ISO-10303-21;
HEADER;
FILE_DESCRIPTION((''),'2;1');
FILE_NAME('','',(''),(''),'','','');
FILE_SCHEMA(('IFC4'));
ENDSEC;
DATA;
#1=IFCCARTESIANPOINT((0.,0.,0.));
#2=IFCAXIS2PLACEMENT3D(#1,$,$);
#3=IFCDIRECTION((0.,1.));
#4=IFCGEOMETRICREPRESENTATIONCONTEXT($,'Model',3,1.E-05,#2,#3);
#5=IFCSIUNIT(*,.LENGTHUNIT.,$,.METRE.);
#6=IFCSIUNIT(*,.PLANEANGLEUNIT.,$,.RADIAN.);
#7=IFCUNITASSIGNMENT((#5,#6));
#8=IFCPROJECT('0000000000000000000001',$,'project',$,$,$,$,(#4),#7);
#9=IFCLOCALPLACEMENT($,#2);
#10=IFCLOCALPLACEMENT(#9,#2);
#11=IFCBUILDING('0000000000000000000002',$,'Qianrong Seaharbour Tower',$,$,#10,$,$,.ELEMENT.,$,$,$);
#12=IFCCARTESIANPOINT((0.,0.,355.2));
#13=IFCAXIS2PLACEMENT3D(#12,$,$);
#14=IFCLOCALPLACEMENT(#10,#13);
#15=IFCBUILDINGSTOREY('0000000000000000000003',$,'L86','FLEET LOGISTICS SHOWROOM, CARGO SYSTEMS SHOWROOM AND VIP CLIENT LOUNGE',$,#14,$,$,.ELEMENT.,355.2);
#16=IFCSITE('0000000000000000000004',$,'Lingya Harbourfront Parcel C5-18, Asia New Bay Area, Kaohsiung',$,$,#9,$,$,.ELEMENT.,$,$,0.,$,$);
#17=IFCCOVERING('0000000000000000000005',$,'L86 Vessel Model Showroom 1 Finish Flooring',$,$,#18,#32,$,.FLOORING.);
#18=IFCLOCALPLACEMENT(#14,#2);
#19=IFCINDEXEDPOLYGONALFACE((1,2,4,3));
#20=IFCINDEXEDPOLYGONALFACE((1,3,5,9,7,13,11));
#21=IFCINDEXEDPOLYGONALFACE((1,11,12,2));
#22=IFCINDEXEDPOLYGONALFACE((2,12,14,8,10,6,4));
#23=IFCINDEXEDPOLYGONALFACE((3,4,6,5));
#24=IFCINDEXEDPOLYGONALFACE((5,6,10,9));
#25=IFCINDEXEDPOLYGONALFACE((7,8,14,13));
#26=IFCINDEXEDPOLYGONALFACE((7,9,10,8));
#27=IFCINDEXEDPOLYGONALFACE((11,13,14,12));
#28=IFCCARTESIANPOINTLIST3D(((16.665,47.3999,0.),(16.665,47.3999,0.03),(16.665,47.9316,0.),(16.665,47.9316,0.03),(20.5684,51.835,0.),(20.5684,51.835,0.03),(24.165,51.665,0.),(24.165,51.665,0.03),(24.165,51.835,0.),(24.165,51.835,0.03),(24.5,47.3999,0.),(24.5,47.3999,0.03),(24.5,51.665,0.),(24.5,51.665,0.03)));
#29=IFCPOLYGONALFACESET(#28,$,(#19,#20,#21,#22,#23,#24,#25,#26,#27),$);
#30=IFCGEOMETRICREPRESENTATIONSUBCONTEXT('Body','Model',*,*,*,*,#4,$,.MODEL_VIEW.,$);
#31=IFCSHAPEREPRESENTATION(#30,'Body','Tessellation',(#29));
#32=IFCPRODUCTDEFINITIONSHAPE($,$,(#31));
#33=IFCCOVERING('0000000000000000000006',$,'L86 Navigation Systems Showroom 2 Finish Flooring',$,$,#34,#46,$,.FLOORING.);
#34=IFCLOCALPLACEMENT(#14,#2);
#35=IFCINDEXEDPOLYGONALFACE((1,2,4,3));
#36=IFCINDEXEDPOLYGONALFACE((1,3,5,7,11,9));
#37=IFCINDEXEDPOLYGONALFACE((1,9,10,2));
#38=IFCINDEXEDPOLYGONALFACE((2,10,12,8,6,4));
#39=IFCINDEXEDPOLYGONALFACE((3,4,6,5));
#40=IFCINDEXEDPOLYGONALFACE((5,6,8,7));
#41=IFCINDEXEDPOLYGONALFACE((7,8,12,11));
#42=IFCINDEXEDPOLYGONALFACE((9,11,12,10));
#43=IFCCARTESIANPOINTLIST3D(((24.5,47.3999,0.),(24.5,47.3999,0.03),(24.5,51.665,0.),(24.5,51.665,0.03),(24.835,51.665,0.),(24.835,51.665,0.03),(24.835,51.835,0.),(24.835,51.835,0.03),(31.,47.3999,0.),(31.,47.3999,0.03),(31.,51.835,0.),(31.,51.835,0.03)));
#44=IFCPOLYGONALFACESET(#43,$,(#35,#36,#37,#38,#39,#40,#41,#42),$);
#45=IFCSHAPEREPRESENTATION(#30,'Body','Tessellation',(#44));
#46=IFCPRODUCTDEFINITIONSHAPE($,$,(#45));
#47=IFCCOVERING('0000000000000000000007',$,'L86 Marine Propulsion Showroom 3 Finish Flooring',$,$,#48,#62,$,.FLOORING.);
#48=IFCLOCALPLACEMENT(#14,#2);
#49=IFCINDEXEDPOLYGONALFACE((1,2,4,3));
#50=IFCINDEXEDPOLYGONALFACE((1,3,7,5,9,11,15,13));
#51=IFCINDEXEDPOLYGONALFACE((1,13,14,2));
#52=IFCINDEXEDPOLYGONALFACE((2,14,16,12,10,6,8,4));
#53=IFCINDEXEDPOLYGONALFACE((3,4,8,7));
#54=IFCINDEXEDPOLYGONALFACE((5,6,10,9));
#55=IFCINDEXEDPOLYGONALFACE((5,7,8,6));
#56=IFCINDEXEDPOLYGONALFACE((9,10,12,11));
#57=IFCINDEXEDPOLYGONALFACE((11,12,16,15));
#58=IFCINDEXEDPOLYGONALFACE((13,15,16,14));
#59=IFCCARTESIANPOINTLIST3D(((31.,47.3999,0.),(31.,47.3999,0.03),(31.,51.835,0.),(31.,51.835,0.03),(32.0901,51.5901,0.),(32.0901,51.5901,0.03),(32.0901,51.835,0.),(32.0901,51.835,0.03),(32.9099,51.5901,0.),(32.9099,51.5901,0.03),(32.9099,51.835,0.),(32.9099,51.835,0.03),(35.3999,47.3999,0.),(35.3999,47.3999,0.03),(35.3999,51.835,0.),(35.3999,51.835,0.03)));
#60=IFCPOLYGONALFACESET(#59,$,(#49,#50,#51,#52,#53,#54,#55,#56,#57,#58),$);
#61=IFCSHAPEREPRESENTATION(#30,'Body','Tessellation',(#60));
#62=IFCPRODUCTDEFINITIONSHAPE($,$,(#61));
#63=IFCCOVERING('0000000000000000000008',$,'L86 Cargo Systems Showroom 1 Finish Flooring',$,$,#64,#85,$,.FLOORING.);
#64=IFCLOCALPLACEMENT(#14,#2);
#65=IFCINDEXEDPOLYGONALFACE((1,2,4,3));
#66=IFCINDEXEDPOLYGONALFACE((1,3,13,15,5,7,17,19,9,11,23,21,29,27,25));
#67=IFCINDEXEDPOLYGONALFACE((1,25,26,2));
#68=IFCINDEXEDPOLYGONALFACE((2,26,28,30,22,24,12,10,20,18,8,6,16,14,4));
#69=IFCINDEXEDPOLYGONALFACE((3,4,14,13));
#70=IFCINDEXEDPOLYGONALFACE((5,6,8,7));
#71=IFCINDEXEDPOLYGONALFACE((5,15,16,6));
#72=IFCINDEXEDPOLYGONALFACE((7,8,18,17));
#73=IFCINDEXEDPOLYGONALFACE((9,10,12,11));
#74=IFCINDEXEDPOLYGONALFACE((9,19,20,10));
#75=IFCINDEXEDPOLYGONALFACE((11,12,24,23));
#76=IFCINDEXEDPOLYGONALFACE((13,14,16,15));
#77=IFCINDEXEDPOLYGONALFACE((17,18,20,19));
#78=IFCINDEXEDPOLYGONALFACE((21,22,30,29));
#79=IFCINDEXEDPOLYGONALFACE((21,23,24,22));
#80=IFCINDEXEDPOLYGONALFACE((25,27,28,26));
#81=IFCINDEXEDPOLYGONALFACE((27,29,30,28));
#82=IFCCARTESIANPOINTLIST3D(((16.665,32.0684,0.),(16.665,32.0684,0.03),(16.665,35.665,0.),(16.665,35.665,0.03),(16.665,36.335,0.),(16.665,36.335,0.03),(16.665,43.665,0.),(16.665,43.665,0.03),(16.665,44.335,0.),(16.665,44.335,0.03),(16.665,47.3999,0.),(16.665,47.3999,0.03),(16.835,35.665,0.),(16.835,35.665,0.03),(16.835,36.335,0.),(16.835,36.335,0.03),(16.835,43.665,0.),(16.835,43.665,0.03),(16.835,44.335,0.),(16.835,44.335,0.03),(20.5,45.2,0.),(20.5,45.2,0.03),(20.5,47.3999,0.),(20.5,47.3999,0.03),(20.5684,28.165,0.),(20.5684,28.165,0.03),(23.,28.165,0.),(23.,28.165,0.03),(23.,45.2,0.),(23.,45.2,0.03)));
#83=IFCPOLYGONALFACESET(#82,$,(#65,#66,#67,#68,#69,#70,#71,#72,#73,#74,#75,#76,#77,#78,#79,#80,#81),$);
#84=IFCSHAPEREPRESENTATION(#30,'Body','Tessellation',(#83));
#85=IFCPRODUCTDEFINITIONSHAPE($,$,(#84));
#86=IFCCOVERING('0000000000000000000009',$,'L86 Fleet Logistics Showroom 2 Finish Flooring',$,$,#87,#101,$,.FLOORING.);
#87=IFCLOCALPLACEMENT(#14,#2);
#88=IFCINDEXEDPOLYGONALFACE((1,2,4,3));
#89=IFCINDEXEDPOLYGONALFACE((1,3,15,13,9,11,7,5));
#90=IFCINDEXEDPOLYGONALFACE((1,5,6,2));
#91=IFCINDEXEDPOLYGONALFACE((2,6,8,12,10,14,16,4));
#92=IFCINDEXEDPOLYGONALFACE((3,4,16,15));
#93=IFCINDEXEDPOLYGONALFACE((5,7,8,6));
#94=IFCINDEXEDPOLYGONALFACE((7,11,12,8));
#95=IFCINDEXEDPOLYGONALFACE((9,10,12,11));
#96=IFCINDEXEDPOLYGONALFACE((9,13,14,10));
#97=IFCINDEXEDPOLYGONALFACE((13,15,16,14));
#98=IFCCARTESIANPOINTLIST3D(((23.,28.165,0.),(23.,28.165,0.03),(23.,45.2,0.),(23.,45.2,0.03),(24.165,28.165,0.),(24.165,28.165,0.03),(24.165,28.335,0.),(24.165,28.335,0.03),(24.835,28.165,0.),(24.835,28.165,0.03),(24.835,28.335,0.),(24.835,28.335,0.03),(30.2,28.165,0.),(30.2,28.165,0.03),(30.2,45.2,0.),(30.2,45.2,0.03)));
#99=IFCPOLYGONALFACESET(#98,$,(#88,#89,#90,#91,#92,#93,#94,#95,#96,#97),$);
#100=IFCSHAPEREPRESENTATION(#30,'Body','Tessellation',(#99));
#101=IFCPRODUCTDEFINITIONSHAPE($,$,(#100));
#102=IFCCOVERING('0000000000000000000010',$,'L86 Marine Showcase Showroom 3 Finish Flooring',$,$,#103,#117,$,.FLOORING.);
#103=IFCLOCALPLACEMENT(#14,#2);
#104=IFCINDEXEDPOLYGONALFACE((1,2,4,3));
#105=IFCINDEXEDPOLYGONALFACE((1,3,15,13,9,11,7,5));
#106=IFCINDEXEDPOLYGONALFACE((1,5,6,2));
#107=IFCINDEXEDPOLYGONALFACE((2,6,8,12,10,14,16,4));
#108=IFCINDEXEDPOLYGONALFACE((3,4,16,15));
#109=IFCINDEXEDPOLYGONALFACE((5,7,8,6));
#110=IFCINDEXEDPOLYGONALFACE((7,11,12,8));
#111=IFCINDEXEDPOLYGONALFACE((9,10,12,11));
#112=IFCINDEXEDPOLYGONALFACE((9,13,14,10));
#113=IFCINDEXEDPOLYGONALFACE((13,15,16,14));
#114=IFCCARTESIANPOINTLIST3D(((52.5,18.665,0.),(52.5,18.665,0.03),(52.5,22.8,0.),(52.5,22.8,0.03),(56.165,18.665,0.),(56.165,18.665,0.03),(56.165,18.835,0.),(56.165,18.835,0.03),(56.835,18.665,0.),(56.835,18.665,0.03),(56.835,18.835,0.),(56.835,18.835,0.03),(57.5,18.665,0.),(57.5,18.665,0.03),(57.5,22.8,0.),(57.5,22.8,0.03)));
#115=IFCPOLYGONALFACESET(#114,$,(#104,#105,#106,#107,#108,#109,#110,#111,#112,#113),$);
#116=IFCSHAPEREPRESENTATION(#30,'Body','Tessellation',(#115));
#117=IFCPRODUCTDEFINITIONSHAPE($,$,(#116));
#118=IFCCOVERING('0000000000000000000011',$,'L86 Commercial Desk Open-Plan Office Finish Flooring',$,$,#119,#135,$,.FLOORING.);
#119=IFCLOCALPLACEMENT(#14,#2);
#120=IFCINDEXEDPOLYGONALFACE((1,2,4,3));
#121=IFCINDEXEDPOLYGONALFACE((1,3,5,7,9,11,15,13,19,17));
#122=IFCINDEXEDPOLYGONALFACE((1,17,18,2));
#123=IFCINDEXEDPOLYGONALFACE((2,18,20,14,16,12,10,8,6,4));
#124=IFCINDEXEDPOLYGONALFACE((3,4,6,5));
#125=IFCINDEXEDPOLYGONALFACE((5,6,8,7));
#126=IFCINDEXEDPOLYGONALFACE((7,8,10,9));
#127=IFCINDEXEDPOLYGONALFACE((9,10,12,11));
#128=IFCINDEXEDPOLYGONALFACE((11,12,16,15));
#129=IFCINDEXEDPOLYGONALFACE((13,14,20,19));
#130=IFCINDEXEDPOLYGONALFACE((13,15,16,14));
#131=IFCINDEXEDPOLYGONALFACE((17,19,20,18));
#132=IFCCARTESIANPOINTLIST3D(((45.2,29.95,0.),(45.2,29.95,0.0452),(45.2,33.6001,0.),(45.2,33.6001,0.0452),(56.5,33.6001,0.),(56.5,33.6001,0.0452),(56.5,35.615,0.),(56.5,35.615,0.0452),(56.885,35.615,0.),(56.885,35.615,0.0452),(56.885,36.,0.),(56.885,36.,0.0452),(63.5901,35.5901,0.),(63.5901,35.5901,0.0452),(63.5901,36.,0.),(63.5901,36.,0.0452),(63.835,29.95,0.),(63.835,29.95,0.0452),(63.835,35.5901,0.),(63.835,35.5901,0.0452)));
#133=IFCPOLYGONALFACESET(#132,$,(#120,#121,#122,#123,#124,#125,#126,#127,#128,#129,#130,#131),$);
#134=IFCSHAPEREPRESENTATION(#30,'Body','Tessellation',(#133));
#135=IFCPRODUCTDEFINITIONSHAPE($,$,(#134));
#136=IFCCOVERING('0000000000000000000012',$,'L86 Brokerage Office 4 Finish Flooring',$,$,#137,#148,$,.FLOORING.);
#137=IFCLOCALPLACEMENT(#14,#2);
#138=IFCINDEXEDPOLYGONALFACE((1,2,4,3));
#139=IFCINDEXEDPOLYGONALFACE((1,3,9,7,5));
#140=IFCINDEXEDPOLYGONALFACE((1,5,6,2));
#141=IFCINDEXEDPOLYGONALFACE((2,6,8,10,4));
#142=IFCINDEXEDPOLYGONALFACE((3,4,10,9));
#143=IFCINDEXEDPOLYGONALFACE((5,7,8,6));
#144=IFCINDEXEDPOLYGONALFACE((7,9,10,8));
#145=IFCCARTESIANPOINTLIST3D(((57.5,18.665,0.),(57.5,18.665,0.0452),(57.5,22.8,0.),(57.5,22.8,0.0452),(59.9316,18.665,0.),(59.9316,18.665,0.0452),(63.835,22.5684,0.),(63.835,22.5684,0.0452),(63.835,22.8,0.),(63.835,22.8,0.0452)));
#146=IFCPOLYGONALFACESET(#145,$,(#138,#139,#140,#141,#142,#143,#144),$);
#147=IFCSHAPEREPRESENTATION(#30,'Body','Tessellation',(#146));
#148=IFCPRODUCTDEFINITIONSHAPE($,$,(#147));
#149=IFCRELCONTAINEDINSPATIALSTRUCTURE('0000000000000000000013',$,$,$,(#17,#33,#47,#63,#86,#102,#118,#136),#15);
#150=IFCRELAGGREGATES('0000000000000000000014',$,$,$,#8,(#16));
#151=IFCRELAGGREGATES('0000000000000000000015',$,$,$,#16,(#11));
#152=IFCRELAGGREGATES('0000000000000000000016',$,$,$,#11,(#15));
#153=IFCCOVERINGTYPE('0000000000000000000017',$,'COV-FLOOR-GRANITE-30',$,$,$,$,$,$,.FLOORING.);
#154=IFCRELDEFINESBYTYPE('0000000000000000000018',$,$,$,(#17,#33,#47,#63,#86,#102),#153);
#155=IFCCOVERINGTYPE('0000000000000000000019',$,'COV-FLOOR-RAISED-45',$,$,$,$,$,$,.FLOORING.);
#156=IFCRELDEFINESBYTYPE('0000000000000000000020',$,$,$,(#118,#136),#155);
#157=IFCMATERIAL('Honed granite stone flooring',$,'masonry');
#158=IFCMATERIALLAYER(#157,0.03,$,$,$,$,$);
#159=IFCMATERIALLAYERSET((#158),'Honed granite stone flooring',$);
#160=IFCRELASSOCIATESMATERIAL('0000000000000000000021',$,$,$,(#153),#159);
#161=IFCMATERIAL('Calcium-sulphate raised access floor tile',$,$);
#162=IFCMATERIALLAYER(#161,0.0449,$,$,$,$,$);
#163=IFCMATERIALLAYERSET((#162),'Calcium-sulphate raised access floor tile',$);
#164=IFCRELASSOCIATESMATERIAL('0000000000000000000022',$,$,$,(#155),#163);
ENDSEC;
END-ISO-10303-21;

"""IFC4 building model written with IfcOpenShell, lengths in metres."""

from ifc_helpers import new_model, si_unit, direction, frame, origin, place, context, subcontext, project, spatial, polyline, outline, extrude, material, layer, layer_set, type_object, element, save


model = new_model("IFC4")

# Units and contexts
model_context = context("Model", 3, precision=1e-05, world=origin(), true_north=direction((0.0, 1.0)))
body_context = subcontext(model_context, "Body", "Model", "MODEL_VIEW")
ifc_project = project(units=[si_unit("LENGTHUNIT", "METRE"), si_unit("PLANEANGLEUNIT", "RADIAN")], contexts=[model_context])

# Site, building, storey
site_placement = place(None, origin())
site = spatial("IfcSite", under=ifc_project, at=site_placement, Name="Lingya Harbourfront Parcel C5-18, Asia New Bay Area, Kaohsiung", CompositionType="ELEMENT", RefElevation=0.0)
building_placement = place(site_placement, origin())
building = spatial("IfcBuilding", under=site, at=building_placement, Name="Qianrong Seaharbour Tower", CompositionType="ELEMENT")
storey_placement = place(building_placement, frame((0.0, 0.0, 355.2)))
storey = spatial("IfcBuildingStorey", under=building, at=storey_placement, Name="L86", Description="FLEET LOGISTICS SHOWROOM, CARGO SYSTEMS SHOWROOM AND VIP CLIENT LOUNGE", CompositionType="ELEMENT", Elevation=355.2)

# Coverings
ifc_material_1 = material(Name="Honed granite stone flooring", Category="masonry")
ifc_layer_1 = layer(ifc_material_1, 0.03)
ifc_layer_set_1 = layer_set([ifc_layer_1], Name="Honed granite stone flooring")
covering_type_1 = type_object("IfcCoveringType", Name="COV-FLOOR-GRANITE-30", PredefinedType="FLOORING", material=ifc_layer_set_1)
covering_1_placement = place(storey_placement, origin())
element("IfcCovering", 1, at=covering_1_placement, inside=storey, type_object=covering_type_1, Name="L86 Vessel Model Showroom 1 Finish Flooring", PredefinedType="FLOORING", context=body_context, shape_type="SweptSolid", body=[
    extrude(outline(polyline([(16.665, 47.9316), (20.5684, 51.835), (24.165, 51.835), (24.165, 51.665), (24.5, 51.665), (24.5, 47.3999), (16.665, 47.3999), (16.665, 47.9316)])), origin(), (0.0, 0.0, 1.0), 0.03),
])
covering_2_placement = place(storey_placement, origin())
element("IfcCovering", 2, at=covering_2_placement, inside=storey, type_object=covering_type_1, Name="L86 Navigation Systems Showroom 2 Finish Flooring", PredefinedType="FLOORING", context=body_context, shape_type="SweptSolid", body=[
    extrude(outline(polyline([(24.5, 51.665), (24.835, 51.665), (24.835, 51.835), (31.0, 51.835), (31.0, 47.3999), (24.5, 47.3999), (24.5, 51.665)])), origin(), (0.0, 0.0, 1.0), 0.03),
])
covering_3_placement = place(storey_placement, origin())
element("IfcCovering", 3, at=covering_3_placement, inside=storey, type_object=covering_type_1, Name="L86 Marine Propulsion Showroom 3 Finish Flooring", PredefinedType="FLOORING", context=body_context, shape_type="SweptSolid", body=[
    extrude(outline(polyline([(31.0, 51.835), (32.0901, 51.835), (32.0901, 51.5901), (32.9099, 51.5901), (32.9099, 51.835), (35.3999, 51.835), (35.3999, 47.3999), (31.0, 47.3999), (31.0, 51.835)])), origin(), (0.0, 0.0, 1.0), 0.03),
])
covering_4_placement = place(storey_placement, origin())
element("IfcCovering", 4, at=covering_4_placement, inside=storey, type_object=covering_type_1, Name="L86 Cargo Systems Showroom 1 Finish Flooring", PredefinedType="FLOORING", context=body_context, shape_type="SweptSolid", body=[
    extrude(outline(polyline([(20.5684, 28.165), (16.665, 32.0684), (16.665, 35.665), (16.835, 35.665), (16.835, 36.335), (16.665, 36.335), (16.665, 43.665), (16.835, 43.665), (16.835, 44.335), (16.665, 44.335), (16.665, 47.3999), (20.5, 47.3999), (20.5, 45.2), (23.0, 45.2), (23.0, 28.165), (20.5684, 28.165)])), origin(), (0.0, 0.0, 1.0), 0.03),
])
covering_5_placement = place(storey_placement, origin())
element("IfcCovering", 5, at=covering_5_placement, inside=storey, type_object=covering_type_1, Name="L86 Fleet Logistics Showroom 2 Finish Flooring", PredefinedType="FLOORING", context=body_context, shape_type="SweptSolid", body=[
    extrude(outline(polyline([(24.835, 28.165), (24.835, 28.335), (24.165, 28.335), (24.165, 28.165), (23.0, 28.165), (23.0, 45.2), (30.2, 45.2), (30.2, 28.165), (24.835, 28.165)])), origin(), (0.0, 0.0, 1.0), 0.03),
])
covering_6_placement = place(storey_placement, origin())
element("IfcCovering", 6, at=covering_6_placement, inside=storey, type_object=covering_type_1, Name="L86 Marine Showcase Showroom 3 Finish Flooring", PredefinedType="FLOORING", context=body_context, shape_type="SweptSolid", body=[
    extrude(outline(polyline([(57.5, 18.665), (56.835, 18.665), (56.835, 18.835), (56.165, 18.835), (56.165, 18.665), (52.5, 18.665), (52.5, 22.8), (57.5, 22.8), (57.5, 18.665)])), origin(), (0.0, 0.0, 1.0), 0.03),
])
ifc_material_2 = material(Name="Calcium-sulphate raised access floor tile")
ifc_layer_2 = layer(ifc_material_2, 0.0449)
ifc_layer_set_2 = layer_set([ifc_layer_2], Name="Calcium-sulphate raised access floor tile")
covering_type_2 = type_object("IfcCoveringType", Name="COV-FLOOR-RAISED-45", PredefinedType="FLOORING", material=ifc_layer_set_2)
covering_7_placement = place(storey_placement, origin())
element("IfcCovering", 7, at=covering_7_placement, inside=storey, type_object=covering_type_2, Name="L86 Commercial Desk Open-Plan Office Finish Flooring", PredefinedType="FLOORING", context=body_context, shape_type="SweptSolid", body=[
    extrude(outline(polyline([(56.5, 33.6001), (56.5, 35.615), (56.885, 35.615), (56.885, 36.0), (63.5901, 36.0), (63.5901, 35.5901), (63.835, 35.5901), (63.835, 29.95), (45.2, 29.95), (45.2, 33.6001), (56.5, 33.6001)])), origin(), (0.0, 0.0, 1.0), 0.0452),
])
covering_8_placement = place(storey_placement, origin())
element("IfcCovering", 8, at=covering_8_placement, inside=storey, type_object=covering_type_2, Name="L86 Brokerage Office 4 Finish Flooring", PredefinedType="FLOORING", context=body_context, shape_type="SweptSolid", body=[
    extrude(outline(polyline([(63.835, 22.5684), (59.9316, 18.665), (57.5, 18.665), (57.5, 22.8), (63.835, 22.8), (63.835, 22.5684)])), origin(), (0.0, 0.0, 1.0), 0.0452),
])

save(model, "model.ifc")
